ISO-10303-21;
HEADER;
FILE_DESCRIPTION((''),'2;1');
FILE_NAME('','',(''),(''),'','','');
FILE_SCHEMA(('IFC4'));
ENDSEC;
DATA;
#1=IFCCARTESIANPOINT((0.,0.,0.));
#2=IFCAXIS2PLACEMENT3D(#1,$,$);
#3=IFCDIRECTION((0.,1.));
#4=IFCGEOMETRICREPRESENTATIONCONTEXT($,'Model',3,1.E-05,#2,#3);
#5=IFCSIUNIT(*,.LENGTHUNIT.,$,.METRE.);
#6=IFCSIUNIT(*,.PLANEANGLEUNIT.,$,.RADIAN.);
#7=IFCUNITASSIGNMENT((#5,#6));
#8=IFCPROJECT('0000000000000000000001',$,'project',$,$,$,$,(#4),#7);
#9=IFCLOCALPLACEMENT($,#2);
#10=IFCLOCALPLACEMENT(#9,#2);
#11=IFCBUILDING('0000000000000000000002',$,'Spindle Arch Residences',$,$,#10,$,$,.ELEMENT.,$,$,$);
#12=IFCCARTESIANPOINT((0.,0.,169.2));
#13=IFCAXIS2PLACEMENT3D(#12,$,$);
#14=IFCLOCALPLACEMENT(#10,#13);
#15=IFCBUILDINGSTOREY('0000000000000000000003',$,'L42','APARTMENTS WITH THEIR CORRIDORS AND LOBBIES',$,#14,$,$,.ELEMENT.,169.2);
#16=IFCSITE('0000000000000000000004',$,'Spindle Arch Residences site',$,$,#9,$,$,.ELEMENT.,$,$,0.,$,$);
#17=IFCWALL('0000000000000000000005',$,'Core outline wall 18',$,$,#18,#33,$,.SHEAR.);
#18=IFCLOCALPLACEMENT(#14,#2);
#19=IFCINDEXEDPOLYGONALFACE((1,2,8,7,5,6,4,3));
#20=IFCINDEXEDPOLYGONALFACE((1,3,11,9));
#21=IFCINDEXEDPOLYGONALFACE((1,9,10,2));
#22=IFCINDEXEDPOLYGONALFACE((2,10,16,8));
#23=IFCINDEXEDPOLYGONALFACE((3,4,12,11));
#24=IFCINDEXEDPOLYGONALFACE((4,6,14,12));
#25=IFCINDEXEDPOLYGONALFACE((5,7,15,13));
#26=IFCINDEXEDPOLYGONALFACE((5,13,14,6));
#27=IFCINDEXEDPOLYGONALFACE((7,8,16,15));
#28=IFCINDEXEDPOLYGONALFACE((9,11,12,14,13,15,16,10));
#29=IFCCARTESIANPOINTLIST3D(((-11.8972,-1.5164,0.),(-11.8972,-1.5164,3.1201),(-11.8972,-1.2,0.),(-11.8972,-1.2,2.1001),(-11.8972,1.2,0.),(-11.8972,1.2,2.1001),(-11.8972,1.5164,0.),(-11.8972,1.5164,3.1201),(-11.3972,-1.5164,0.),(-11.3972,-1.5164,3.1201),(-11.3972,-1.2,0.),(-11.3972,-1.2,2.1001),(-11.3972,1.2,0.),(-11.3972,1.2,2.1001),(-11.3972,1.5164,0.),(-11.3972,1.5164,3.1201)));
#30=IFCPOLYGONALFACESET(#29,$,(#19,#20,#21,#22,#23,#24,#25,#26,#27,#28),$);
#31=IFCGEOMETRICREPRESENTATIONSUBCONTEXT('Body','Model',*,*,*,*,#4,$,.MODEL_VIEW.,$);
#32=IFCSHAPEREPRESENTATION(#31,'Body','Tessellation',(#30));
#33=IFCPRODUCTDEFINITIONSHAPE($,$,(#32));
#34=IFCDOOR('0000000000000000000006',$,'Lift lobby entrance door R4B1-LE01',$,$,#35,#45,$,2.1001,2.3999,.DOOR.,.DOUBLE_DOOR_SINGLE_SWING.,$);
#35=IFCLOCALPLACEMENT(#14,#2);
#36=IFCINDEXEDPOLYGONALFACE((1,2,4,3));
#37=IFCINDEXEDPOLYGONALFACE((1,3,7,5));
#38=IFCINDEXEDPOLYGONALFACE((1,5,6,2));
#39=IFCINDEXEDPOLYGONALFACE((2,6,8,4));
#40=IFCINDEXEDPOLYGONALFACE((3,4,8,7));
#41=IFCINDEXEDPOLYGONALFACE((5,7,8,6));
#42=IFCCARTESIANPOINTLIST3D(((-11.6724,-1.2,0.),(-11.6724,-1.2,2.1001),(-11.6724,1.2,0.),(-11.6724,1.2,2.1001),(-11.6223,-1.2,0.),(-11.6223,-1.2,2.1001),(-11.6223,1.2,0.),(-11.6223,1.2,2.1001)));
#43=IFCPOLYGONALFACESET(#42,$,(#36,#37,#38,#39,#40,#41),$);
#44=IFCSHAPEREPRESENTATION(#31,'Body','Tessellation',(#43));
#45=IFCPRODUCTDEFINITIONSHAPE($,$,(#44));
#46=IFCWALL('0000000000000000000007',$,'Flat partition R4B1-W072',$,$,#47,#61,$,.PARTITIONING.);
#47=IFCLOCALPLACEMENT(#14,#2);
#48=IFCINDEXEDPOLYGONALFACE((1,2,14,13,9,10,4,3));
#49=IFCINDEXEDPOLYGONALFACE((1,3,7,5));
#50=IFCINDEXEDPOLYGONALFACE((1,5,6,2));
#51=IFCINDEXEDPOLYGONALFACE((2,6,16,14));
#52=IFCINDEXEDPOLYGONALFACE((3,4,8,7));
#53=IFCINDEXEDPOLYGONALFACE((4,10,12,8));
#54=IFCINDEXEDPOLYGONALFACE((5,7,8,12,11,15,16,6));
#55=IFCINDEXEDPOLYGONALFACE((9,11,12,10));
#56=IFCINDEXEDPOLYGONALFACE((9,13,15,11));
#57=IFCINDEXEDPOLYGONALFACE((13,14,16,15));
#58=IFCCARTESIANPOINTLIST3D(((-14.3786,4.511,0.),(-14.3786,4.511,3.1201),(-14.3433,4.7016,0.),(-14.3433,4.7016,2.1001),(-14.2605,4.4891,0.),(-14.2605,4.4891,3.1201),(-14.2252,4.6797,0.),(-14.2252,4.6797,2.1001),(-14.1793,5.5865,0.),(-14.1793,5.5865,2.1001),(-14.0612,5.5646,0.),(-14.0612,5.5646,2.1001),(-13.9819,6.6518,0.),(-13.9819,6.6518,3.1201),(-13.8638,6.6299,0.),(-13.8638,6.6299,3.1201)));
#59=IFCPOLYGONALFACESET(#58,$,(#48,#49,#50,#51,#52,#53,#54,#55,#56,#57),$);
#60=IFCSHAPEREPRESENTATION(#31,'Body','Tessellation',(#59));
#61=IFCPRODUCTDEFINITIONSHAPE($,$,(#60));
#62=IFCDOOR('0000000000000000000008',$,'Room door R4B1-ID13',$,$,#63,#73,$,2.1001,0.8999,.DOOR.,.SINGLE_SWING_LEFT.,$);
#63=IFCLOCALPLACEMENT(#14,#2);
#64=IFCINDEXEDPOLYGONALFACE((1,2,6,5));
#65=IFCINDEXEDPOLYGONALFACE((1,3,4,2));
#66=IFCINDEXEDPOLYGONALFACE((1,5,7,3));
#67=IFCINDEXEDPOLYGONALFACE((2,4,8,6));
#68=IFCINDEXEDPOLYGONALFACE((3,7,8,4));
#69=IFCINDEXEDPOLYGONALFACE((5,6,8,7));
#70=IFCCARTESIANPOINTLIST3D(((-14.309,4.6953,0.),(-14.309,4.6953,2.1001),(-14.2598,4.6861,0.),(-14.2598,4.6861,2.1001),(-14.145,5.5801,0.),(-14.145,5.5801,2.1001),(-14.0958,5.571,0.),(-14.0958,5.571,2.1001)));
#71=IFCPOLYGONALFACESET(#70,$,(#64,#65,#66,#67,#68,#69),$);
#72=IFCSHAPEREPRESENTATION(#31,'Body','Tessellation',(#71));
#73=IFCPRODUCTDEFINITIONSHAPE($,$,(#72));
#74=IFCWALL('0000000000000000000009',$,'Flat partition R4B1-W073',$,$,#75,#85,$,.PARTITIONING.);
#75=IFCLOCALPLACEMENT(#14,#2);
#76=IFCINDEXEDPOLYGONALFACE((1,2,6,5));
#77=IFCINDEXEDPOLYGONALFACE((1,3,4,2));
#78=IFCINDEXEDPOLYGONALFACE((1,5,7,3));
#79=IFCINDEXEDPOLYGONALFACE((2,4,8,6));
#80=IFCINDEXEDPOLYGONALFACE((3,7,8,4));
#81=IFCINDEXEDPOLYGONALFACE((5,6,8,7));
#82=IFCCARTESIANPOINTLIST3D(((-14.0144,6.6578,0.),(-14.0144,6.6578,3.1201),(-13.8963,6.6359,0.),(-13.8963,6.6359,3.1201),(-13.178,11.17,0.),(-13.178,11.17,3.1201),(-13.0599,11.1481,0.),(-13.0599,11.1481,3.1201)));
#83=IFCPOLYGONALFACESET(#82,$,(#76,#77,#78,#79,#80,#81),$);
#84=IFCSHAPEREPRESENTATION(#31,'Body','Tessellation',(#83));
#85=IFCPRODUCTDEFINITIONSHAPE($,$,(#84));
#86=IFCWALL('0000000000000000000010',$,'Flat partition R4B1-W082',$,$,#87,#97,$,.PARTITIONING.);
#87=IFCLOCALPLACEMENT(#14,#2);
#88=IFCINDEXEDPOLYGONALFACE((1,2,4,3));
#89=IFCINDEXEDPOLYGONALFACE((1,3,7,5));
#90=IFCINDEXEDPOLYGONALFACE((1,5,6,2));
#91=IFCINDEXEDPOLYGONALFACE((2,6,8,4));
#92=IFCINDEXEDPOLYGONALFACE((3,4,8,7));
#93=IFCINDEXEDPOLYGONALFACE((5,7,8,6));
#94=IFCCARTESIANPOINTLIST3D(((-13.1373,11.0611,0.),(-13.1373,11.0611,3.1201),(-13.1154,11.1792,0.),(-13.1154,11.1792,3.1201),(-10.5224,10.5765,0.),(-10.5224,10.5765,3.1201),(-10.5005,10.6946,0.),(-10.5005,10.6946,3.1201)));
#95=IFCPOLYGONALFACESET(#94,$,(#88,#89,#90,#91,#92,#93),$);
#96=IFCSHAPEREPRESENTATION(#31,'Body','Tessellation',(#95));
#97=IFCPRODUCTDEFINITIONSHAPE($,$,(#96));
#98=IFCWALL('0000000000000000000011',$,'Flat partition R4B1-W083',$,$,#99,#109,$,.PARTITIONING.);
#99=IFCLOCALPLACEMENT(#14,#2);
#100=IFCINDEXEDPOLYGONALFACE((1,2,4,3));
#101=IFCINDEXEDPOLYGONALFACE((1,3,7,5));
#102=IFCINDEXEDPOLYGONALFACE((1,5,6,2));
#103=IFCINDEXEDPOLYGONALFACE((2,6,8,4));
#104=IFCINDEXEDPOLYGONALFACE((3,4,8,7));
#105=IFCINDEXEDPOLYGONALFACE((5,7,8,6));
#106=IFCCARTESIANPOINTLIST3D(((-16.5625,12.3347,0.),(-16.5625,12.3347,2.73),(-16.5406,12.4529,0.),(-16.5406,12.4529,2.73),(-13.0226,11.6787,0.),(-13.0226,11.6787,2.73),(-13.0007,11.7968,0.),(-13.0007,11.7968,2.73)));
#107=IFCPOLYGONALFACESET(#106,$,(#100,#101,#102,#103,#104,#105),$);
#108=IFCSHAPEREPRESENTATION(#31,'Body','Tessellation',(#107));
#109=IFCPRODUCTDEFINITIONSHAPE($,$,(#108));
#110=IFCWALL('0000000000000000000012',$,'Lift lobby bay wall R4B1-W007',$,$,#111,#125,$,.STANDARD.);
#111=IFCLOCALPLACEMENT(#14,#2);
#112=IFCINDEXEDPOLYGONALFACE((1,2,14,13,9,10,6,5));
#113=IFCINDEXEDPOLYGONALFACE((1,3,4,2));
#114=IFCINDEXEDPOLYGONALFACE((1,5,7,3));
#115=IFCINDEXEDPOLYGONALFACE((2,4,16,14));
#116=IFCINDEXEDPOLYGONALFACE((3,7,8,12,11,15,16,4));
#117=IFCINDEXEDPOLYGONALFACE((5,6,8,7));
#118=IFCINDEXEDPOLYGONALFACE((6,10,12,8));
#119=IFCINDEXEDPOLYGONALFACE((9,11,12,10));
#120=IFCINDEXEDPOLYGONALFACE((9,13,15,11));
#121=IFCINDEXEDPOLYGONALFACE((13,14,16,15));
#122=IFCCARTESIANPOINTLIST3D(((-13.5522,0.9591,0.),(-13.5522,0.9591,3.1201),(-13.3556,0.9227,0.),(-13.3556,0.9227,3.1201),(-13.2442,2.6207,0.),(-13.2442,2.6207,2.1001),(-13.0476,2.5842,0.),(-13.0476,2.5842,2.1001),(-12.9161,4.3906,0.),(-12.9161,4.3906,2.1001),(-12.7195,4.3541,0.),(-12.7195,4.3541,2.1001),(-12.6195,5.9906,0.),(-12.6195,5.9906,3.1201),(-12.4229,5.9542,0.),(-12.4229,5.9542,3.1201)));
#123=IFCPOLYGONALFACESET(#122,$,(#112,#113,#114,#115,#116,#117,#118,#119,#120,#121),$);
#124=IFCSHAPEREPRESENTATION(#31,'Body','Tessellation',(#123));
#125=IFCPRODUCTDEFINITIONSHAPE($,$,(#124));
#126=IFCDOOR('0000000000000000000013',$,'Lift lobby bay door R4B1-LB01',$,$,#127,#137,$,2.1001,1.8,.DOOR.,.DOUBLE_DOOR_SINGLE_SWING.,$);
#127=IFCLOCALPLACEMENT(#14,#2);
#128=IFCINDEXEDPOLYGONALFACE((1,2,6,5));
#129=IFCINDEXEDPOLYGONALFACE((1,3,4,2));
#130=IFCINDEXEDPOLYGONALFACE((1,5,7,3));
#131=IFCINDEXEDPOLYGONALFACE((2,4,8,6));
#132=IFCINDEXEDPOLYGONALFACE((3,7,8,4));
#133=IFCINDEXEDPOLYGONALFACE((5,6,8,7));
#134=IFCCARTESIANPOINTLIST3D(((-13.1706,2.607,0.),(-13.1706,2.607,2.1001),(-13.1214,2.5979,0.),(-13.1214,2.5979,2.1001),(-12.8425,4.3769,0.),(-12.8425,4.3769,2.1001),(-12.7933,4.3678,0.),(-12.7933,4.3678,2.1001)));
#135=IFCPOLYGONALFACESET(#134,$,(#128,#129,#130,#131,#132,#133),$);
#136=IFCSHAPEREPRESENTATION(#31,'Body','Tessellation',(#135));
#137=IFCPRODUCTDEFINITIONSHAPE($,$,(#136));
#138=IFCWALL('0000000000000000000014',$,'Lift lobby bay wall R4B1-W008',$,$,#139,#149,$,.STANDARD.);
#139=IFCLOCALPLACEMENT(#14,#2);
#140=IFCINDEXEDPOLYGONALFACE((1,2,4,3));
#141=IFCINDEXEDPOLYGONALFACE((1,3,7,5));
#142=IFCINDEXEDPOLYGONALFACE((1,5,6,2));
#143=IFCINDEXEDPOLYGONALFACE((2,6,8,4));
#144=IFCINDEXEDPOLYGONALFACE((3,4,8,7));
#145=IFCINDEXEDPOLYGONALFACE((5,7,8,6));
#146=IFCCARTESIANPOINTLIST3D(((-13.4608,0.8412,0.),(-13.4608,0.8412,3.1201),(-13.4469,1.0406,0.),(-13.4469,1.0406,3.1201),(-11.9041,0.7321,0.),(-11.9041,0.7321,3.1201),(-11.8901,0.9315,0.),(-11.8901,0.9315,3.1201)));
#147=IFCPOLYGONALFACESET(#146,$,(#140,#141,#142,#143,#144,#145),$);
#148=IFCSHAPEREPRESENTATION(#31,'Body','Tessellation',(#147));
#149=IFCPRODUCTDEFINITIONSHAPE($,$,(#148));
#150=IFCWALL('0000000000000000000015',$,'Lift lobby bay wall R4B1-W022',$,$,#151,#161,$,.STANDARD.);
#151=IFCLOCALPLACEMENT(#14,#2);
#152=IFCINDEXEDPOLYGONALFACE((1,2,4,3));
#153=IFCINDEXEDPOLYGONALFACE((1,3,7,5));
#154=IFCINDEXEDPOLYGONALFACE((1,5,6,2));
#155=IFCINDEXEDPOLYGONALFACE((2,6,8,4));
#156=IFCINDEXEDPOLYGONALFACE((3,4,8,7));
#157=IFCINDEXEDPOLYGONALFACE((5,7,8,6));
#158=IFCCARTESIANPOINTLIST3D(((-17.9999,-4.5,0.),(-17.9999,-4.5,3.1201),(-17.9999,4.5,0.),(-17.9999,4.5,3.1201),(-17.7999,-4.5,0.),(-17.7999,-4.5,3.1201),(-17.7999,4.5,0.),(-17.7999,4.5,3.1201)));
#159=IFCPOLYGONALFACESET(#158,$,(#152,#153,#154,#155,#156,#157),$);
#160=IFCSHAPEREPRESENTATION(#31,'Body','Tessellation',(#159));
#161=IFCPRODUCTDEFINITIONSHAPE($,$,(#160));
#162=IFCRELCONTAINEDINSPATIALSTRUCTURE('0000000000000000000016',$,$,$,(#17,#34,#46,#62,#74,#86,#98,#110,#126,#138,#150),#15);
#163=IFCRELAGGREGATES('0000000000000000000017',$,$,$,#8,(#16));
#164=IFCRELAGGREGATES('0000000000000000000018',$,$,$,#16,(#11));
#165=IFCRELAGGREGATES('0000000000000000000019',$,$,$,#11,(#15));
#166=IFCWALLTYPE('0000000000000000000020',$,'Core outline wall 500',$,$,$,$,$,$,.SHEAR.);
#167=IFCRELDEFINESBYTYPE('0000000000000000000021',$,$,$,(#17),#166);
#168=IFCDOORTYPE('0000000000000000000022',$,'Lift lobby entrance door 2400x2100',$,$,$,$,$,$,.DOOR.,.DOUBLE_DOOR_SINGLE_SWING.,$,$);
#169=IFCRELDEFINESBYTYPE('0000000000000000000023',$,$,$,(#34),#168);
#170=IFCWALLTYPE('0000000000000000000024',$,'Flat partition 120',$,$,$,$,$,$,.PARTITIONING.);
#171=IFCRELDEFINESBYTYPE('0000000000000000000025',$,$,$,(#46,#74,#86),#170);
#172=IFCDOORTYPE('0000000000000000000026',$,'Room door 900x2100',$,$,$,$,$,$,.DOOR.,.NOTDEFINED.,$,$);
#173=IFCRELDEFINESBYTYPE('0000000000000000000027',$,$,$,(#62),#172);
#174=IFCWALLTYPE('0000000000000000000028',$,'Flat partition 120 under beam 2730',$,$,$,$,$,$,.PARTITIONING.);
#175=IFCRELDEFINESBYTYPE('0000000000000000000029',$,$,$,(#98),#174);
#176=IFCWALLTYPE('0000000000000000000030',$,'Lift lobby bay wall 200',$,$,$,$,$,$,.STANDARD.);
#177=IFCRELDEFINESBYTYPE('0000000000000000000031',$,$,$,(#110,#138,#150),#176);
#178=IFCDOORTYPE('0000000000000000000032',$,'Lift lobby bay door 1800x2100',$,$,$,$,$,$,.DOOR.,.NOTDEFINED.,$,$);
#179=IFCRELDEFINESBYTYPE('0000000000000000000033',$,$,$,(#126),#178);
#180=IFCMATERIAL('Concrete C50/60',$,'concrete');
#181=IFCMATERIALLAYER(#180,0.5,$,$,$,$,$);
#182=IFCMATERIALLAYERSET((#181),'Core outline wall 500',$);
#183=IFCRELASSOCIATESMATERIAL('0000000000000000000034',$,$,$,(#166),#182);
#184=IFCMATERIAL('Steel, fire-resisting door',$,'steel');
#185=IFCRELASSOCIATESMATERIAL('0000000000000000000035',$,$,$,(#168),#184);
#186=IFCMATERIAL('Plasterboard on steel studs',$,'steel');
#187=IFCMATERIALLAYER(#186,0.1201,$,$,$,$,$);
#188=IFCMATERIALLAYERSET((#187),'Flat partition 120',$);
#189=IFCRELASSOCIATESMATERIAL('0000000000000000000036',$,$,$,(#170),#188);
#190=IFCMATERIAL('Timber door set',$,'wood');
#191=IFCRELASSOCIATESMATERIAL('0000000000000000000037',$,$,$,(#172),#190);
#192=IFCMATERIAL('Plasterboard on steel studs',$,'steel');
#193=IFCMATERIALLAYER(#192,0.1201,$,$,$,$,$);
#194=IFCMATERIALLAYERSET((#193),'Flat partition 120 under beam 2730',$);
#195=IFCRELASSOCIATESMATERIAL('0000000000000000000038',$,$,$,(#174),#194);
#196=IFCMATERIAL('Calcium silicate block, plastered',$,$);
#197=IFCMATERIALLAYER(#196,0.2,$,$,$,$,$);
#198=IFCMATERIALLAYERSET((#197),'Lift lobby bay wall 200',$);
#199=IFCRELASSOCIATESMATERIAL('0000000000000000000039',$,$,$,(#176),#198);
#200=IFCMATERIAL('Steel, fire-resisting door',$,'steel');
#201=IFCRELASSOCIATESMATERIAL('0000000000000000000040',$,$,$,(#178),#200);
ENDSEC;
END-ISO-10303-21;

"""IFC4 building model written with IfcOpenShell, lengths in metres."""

from ifc_helpers import new_model, si_unit, direction, frame, frame_2d, origin, place, context, subcontext, project, spatial, rectangle, extrude, material, layer, layer_set, type_object, element, fill, save


model = new_model("IFC4")

# Units and contexts
model_context = context("Model", 3, precision=1e-05, world=origin(), true_north=direction((0.0, 1.0)))
body_context = subcontext(model_context, "Body", "Model", "MODEL_VIEW")
ifc_project = project(units=[si_unit("LENGTHUNIT", "METRE"), si_unit("PLANEANGLEUNIT", "RADIAN")], contexts=[model_context])

# Site, building, storey
site_placement = place(None, origin())
site = spatial("IfcSite", under=ifc_project, at=site_placement, Name="Spindle Arch Residences site", CompositionType="ELEMENT", RefElevation=0.0)
building_placement = place(site_placement, origin())
building = spatial("IfcBuilding", under=site, at=building_placement, Name="Spindle Arch Residences", CompositionType="ELEMENT")
storey_placement = place(building_placement, frame((0.0, 0.0, 169.2)))
storey = spatial("IfcBuildingStorey", under=building, at=storey_placement, Name="L42", Description="APARTMENTS WITH THEIR CORRIDORS AND LOBBIES", CompositionType="ELEMENT", Elevation=169.2)

# Walls, openings, doors
ifc_material_1 = material(Name="Concrete C50/60", Category="concrete")
ifc_layer_1 = layer(ifc_material_1, 0.5)
ifc_layer_set_1 = layer_set([ifc_layer_1], Name="Core outline wall 500")
wall_type_1 = type_object("IfcWallType", Name="Core outline wall 500", PredefinedType="SHEAR", material=ifc_layer_set_1)
wall_1_placement = place(storey_placement, frame((-11.6472, 1.5164, 0.0), z_axis=(0.0, 0.0, 1.0), x_axis=(0.0, -1.0, 0.0)))
wall_1 = element("IfcWall", 1, at=wall_1_placement, inside=storey, type_object=wall_type_1, Name="Core outline wall 18", PredefinedType="SHEAR", context=body_context, shape_type="SweptSolid", body=[
    extrude(rectangle(XDim=3.0327, YDim=0.5, at=frame_2d((1.5164, 0.0))), origin(), (0.0, 0.0, 1.0), 3.1201),
])
opening_1_placement = place(wall_1_placement, frame((0.3164, 0.0, 0.0)))
opening_1 = element("IfcOpeningElement", 2, at=opening_1_placement, cuts=wall_1, PredefinedType="OPENING", context=body_context, shape_type="SweptSolid", body=[
    extrude(rectangle(XDim=2.3999, YDim=2.1001, at=frame_2d((1.2, 1.05))), frame((0.0, 0.26, 0.0), z_axis=(0.0, -1.0, 0.0), x_axis=(1.0, 0.0, 0.0)), (0.0, 0.0, 1.0), 0.52),
])
ifc_material_2 = material(Name="Steel, fire-resisting door", Category="steel")
door_type_1 = type_object("IfcDoorType", Name="Lift lobby entrance door 2400x2100", OperationType="DOUBLE_DOOR_SINGLE_SWING", PredefinedType="DOOR", material=ifc_material_2)
door_1_placement = place(opening_1_placement, origin())
door_1 = element("IfcDoor", 3, at=door_1_placement, inside=storey, type_object=door_type_1, Name="Lift lobby entrance door R4B1-LE01", OperationType="DOUBLE_DOOR_SINGLE_SWING", OverallHeight=2.1001, OverallWidth=2.3999, PredefinedType="DOOR", context=body_context, shape_type="SweptSolid", body=[
    extrude(rectangle(XDim=2.3999, YDim=2.1001, at=frame_2d((1.2, 1.05))), frame((0.0, 0.0249, 0.0), z_axis=(0.0, -1.0, 0.0), x_axis=(1.0, 0.0, 0.0)), (0.0, 0.0, 1.0), 0.05),
])
fill(opening_1, door_1)
ifc_material_3 = material(Name="Plasterboard on steel studs", Category="steel")
ifc_layer_2 = layer(ifc_material_3, 0.1201)
ifc_layer_set_2 = layer_set([ifc_layer_2], Name="Flat partition 120")
wall_type_2 = type_object("IfcWallType", Name="Flat partition 120", PredefinedType="PARTITIONING", material=ifc_layer_set_2)
wall_2_placement = place(storey_placement, frame((-13.9229, 6.6409, 0.0), z_axis=(0.0, 0.0, 1.0), x_axis=(-0.18221, -0.98326, 0.0)))
wall_2 = element("IfcWall", 4, at=wall_2_placement, inside=storey, type_object=wall_type_2, Name="Flat partition R4B1-W072", PredefinedType="PARTITIONING", context=body_context, shape_type="SweptSolid", body=[
    extrude(rectangle(XDim=2.1772, YDim=0.1201, at=frame_2d((1.0886, 0.0))), origin(), (0.0, 0.0, 1.0), 3.1201),
])
opening_2_placement = place(wall_2_placement, frame((1.0835, 0.0, 0.0)))
opening_2 = element("IfcOpeningElement", 5, at=opening_2_placement, cuts=wall_2, PredefinedType="OPENING", context=body_context, shape_type="SweptSolid", body=[
    extrude(rectangle(XDim=0.8999, YDim=2.1001, at=frame_2d((0.45, 1.05))), frame((0.0, 0.0701, 0.0), z_axis=(0.0, -1.0, 0.0), x_axis=(1.0, 0.0, 0.0)), (0.0, 0.0, 1.0), 0.1401),
])
ifc_material_4 = material(Name="Timber door set", Category="wood")
door_type_2 = type_object("IfcDoorType", Name="Room door 900x2100", OperationType="NOTDEFINED", PredefinedType="DOOR", material=ifc_material_4)
door_2_placement = place(opening_2_placement, origin())
door_2 = element("IfcDoor", 6, at=door_2_placement, inside=storey, type_object=door_type_2, Name="Room door R4B1-ID13", OperationType="SINGLE_SWING_LEFT", OverallHeight=2.1001, OverallWidth=0.8999, PredefinedType="DOOR", context=body_context, shape_type="SweptSolid", body=[
    extrude(rectangle(XDim=0.8999, YDim=2.1001, at=frame_2d((0.45, 1.05))), frame((0.0, 0.0249, 0.0), z_axis=(0.0, -1.0, 0.0), x_axis=(1.0, 0.0, 0.0)), (0.0, 0.0, 1.0), 0.05),
])
fill(opening_2, door_2)

# Walls
wall_3_placement = place(storey_placement, frame((-13.9553, 6.647, 0.0), z_axis=(0.0, 0.0, 1.0), x_axis=(0.182265, 0.98325, 0.0)))
element("IfcWall", 7, at=wall_3_placement, inside=storey, type_object=wall_type_2, Name="Flat partition R4B1-W073", PredefinedType="PARTITIONING", context=body_context, shape_type="SweptSolid", body=[
    extrude(rectangle(XDim=4.5891, YDim=0.1201, at=frame_2d((2.2944, 0.0))), origin(), (0.0, 0.0, 1.0), 3.1201),
])
wall_4_placement = place(storey_placement, frame((-13.1262, 11.1201, 0.0), z_axis=(0.0, 0.0, 1.0), x_axis=(0.983258, -0.182221, 0.0)))
element("IfcWall", 8, at=wall_4_placement, inside=storey, type_object=wall_type_2, Name="Flat partition R4B1-W082", PredefinedType="PARTITIONING", context=body_context, shape_type="SweptSolid", body=[
    extrude(rectangle(XDim=2.6594, YDim=0.1201, at=frame_2d((1.3296, 0.0))), origin(), (0.0, 0.0, 1.0), 3.1201),
])
ifc_material_5 = material(Name="Plasterboard on steel studs", Category="steel")
ifc_layer_3 = layer(ifc_material_5, 0.1201)
ifc_layer_set_3 = layer_set([ifc_layer_3], Name="Flat partition 120 under beam 2730")
wall_type_3 = type_object("IfcWallType", Name="Flat partition 120 under beam 2730", PredefinedType="PARTITIONING", material=ifc_layer_set_3)
wall_5_placement = place(storey_placement, frame((-16.5515, 12.3938, 0.0), z_axis=(0.0, 0.0, 1.0), x_axis=(0.983258, -0.18222, 0.0)))
element("IfcWall", 9, at=wall_5_placement, inside=storey, type_object=wall_type_3, Name="Flat partition R4B1-W083", PredefinedType="PARTITIONING", context=body_context, shape_type="SweptSolid", body=[
    extrude(rectangle(XDim=3.6001, YDim=0.1201, at=frame_2d((1.8, 0.0))), origin(), (0.0, 0.0, 1.0), 2.73),
])

# Wall, opening, door
ifc_material_6 = material(Name="Calcium silicate block, plastered")
ifc_layer_4 = layer(ifc_material_6, 0.2)
ifc_layer_set_4 = layer_set([ifc_layer_4], Name="Lift lobby bay wall 200")
wall_type_4 = type_object("IfcWallType", Name="Lift lobby bay wall 200", PredefinedType="STANDARD", material=ifc_layer_set_4)
wall_6_placement = place(storey_placement, frame((-12.5212, 5.9724, 0.0), z_axis=(0.0, 0.0, 1.0), x_axis=(-0.182252, -0.983252, 0.0)))
wall_6 = element("IfcWall", 10, at=wall_6_placement, inside=storey, type_object=wall_type_4, Name="Lift lobby bay wall R4B1-W007", PredefinedType="STANDARD", context=body_context, shape_type="SweptSolid", body=[
    extrude(rectangle(XDim=5.1172, YDim=0.2, at=frame_2d((2.5586, 0.0))), origin(), (0.0, 0.0, 1.0), 3.1201),
])
opening_3_placement = place(wall_6_placement, frame((1.6274, 0.0, 0.0)))
opening_3 = element("IfcOpeningElement", 11, at=opening_3_placement, cuts=wall_6, PredefinedType="OPENING", context=body_context, shape_type="SweptSolid", body=[
    extrude(rectangle(XDim=1.8, YDim=2.1001, at=frame_2d((0.8999, 1.05))), frame((0.0, 0.1099, 0.0), z_axis=(0.0, -1.0, 0.0), x_axis=(1.0, 0.0, 0.0)), (0.0, 0.0, 1.0), 0.22),
])
ifc_material_7 = material(Name="Steel, fire-resisting door", Category="steel")
door_type_3 = type_object("IfcDoorType", Name="Lift lobby bay door 1800x2100", OperationType="NOTDEFINED", PredefinedType="DOOR", material=ifc_material_7)
door_3_placement = place(opening_3_placement, origin())
door_3 = element("IfcDoor", 12, at=door_3_placement, inside=storey, type_object=door_type_3, Name="Lift lobby bay door R4B1-LB01", OperationType="DOUBLE_DOOR_SINGLE_SWING", OverallHeight=2.1001, OverallWidth=1.8, PredefinedType="DOOR", context=body_context, shape_type="SweptSolid", body=[
    extrude(rectangle(XDim=1.8, YDim=2.1001, at=frame_2d((0.8999, 1.05))), frame((0.0, 0.0249, 0.0), z_axis=(0.0, -1.0, 0.0), x_axis=(1.0, 0.0, 0.0)), (0.0, 0.0, 1.0), 0.05),
])
fill(opening_3, door_3)

# Walls
wall_7_placement = place(storey_placement, frame((-13.4539, 0.9409, 0.0), z_axis=(0.0, 0.0, 1.0), x_axis=(0.997552, -0.069935, 0.0)))
element("IfcWall", 13, at=wall_7_placement, inside=storey, type_object=wall_type_4, Name="Lift lobby bay wall R4B1-W008", PredefinedType="STANDARD", context=body_context, shape_type="SweptSolid", body=[
    extrude(rectangle(XDim=1.5605, YDim=0.2, at=frame_2d((0.7803, 0.0))), origin(), (0.0, 0.0, 1.0), 3.1201),
])
wall_8_placement = place(storey_placement, frame((-17.8999, 4.5, 0.0), z_axis=(0.0, 0.0, 1.0), x_axis=(0.0, -1.0, 0.0)))
element("IfcWall", 14, at=wall_8_placement, inside=storey, type_object=wall_type_4, Name="Lift lobby bay wall R4B1-W022", PredefinedType="STANDARD", context=body_context, shape_type="SweptSolid", body=[
    extrude(rectangle(XDim=9.0, YDim=0.2, at=frame_2d((4.5, 0.0))), origin(), (0.0, 0.0, 1.0), 3.1201),
])

save(model, "model.ifc")
